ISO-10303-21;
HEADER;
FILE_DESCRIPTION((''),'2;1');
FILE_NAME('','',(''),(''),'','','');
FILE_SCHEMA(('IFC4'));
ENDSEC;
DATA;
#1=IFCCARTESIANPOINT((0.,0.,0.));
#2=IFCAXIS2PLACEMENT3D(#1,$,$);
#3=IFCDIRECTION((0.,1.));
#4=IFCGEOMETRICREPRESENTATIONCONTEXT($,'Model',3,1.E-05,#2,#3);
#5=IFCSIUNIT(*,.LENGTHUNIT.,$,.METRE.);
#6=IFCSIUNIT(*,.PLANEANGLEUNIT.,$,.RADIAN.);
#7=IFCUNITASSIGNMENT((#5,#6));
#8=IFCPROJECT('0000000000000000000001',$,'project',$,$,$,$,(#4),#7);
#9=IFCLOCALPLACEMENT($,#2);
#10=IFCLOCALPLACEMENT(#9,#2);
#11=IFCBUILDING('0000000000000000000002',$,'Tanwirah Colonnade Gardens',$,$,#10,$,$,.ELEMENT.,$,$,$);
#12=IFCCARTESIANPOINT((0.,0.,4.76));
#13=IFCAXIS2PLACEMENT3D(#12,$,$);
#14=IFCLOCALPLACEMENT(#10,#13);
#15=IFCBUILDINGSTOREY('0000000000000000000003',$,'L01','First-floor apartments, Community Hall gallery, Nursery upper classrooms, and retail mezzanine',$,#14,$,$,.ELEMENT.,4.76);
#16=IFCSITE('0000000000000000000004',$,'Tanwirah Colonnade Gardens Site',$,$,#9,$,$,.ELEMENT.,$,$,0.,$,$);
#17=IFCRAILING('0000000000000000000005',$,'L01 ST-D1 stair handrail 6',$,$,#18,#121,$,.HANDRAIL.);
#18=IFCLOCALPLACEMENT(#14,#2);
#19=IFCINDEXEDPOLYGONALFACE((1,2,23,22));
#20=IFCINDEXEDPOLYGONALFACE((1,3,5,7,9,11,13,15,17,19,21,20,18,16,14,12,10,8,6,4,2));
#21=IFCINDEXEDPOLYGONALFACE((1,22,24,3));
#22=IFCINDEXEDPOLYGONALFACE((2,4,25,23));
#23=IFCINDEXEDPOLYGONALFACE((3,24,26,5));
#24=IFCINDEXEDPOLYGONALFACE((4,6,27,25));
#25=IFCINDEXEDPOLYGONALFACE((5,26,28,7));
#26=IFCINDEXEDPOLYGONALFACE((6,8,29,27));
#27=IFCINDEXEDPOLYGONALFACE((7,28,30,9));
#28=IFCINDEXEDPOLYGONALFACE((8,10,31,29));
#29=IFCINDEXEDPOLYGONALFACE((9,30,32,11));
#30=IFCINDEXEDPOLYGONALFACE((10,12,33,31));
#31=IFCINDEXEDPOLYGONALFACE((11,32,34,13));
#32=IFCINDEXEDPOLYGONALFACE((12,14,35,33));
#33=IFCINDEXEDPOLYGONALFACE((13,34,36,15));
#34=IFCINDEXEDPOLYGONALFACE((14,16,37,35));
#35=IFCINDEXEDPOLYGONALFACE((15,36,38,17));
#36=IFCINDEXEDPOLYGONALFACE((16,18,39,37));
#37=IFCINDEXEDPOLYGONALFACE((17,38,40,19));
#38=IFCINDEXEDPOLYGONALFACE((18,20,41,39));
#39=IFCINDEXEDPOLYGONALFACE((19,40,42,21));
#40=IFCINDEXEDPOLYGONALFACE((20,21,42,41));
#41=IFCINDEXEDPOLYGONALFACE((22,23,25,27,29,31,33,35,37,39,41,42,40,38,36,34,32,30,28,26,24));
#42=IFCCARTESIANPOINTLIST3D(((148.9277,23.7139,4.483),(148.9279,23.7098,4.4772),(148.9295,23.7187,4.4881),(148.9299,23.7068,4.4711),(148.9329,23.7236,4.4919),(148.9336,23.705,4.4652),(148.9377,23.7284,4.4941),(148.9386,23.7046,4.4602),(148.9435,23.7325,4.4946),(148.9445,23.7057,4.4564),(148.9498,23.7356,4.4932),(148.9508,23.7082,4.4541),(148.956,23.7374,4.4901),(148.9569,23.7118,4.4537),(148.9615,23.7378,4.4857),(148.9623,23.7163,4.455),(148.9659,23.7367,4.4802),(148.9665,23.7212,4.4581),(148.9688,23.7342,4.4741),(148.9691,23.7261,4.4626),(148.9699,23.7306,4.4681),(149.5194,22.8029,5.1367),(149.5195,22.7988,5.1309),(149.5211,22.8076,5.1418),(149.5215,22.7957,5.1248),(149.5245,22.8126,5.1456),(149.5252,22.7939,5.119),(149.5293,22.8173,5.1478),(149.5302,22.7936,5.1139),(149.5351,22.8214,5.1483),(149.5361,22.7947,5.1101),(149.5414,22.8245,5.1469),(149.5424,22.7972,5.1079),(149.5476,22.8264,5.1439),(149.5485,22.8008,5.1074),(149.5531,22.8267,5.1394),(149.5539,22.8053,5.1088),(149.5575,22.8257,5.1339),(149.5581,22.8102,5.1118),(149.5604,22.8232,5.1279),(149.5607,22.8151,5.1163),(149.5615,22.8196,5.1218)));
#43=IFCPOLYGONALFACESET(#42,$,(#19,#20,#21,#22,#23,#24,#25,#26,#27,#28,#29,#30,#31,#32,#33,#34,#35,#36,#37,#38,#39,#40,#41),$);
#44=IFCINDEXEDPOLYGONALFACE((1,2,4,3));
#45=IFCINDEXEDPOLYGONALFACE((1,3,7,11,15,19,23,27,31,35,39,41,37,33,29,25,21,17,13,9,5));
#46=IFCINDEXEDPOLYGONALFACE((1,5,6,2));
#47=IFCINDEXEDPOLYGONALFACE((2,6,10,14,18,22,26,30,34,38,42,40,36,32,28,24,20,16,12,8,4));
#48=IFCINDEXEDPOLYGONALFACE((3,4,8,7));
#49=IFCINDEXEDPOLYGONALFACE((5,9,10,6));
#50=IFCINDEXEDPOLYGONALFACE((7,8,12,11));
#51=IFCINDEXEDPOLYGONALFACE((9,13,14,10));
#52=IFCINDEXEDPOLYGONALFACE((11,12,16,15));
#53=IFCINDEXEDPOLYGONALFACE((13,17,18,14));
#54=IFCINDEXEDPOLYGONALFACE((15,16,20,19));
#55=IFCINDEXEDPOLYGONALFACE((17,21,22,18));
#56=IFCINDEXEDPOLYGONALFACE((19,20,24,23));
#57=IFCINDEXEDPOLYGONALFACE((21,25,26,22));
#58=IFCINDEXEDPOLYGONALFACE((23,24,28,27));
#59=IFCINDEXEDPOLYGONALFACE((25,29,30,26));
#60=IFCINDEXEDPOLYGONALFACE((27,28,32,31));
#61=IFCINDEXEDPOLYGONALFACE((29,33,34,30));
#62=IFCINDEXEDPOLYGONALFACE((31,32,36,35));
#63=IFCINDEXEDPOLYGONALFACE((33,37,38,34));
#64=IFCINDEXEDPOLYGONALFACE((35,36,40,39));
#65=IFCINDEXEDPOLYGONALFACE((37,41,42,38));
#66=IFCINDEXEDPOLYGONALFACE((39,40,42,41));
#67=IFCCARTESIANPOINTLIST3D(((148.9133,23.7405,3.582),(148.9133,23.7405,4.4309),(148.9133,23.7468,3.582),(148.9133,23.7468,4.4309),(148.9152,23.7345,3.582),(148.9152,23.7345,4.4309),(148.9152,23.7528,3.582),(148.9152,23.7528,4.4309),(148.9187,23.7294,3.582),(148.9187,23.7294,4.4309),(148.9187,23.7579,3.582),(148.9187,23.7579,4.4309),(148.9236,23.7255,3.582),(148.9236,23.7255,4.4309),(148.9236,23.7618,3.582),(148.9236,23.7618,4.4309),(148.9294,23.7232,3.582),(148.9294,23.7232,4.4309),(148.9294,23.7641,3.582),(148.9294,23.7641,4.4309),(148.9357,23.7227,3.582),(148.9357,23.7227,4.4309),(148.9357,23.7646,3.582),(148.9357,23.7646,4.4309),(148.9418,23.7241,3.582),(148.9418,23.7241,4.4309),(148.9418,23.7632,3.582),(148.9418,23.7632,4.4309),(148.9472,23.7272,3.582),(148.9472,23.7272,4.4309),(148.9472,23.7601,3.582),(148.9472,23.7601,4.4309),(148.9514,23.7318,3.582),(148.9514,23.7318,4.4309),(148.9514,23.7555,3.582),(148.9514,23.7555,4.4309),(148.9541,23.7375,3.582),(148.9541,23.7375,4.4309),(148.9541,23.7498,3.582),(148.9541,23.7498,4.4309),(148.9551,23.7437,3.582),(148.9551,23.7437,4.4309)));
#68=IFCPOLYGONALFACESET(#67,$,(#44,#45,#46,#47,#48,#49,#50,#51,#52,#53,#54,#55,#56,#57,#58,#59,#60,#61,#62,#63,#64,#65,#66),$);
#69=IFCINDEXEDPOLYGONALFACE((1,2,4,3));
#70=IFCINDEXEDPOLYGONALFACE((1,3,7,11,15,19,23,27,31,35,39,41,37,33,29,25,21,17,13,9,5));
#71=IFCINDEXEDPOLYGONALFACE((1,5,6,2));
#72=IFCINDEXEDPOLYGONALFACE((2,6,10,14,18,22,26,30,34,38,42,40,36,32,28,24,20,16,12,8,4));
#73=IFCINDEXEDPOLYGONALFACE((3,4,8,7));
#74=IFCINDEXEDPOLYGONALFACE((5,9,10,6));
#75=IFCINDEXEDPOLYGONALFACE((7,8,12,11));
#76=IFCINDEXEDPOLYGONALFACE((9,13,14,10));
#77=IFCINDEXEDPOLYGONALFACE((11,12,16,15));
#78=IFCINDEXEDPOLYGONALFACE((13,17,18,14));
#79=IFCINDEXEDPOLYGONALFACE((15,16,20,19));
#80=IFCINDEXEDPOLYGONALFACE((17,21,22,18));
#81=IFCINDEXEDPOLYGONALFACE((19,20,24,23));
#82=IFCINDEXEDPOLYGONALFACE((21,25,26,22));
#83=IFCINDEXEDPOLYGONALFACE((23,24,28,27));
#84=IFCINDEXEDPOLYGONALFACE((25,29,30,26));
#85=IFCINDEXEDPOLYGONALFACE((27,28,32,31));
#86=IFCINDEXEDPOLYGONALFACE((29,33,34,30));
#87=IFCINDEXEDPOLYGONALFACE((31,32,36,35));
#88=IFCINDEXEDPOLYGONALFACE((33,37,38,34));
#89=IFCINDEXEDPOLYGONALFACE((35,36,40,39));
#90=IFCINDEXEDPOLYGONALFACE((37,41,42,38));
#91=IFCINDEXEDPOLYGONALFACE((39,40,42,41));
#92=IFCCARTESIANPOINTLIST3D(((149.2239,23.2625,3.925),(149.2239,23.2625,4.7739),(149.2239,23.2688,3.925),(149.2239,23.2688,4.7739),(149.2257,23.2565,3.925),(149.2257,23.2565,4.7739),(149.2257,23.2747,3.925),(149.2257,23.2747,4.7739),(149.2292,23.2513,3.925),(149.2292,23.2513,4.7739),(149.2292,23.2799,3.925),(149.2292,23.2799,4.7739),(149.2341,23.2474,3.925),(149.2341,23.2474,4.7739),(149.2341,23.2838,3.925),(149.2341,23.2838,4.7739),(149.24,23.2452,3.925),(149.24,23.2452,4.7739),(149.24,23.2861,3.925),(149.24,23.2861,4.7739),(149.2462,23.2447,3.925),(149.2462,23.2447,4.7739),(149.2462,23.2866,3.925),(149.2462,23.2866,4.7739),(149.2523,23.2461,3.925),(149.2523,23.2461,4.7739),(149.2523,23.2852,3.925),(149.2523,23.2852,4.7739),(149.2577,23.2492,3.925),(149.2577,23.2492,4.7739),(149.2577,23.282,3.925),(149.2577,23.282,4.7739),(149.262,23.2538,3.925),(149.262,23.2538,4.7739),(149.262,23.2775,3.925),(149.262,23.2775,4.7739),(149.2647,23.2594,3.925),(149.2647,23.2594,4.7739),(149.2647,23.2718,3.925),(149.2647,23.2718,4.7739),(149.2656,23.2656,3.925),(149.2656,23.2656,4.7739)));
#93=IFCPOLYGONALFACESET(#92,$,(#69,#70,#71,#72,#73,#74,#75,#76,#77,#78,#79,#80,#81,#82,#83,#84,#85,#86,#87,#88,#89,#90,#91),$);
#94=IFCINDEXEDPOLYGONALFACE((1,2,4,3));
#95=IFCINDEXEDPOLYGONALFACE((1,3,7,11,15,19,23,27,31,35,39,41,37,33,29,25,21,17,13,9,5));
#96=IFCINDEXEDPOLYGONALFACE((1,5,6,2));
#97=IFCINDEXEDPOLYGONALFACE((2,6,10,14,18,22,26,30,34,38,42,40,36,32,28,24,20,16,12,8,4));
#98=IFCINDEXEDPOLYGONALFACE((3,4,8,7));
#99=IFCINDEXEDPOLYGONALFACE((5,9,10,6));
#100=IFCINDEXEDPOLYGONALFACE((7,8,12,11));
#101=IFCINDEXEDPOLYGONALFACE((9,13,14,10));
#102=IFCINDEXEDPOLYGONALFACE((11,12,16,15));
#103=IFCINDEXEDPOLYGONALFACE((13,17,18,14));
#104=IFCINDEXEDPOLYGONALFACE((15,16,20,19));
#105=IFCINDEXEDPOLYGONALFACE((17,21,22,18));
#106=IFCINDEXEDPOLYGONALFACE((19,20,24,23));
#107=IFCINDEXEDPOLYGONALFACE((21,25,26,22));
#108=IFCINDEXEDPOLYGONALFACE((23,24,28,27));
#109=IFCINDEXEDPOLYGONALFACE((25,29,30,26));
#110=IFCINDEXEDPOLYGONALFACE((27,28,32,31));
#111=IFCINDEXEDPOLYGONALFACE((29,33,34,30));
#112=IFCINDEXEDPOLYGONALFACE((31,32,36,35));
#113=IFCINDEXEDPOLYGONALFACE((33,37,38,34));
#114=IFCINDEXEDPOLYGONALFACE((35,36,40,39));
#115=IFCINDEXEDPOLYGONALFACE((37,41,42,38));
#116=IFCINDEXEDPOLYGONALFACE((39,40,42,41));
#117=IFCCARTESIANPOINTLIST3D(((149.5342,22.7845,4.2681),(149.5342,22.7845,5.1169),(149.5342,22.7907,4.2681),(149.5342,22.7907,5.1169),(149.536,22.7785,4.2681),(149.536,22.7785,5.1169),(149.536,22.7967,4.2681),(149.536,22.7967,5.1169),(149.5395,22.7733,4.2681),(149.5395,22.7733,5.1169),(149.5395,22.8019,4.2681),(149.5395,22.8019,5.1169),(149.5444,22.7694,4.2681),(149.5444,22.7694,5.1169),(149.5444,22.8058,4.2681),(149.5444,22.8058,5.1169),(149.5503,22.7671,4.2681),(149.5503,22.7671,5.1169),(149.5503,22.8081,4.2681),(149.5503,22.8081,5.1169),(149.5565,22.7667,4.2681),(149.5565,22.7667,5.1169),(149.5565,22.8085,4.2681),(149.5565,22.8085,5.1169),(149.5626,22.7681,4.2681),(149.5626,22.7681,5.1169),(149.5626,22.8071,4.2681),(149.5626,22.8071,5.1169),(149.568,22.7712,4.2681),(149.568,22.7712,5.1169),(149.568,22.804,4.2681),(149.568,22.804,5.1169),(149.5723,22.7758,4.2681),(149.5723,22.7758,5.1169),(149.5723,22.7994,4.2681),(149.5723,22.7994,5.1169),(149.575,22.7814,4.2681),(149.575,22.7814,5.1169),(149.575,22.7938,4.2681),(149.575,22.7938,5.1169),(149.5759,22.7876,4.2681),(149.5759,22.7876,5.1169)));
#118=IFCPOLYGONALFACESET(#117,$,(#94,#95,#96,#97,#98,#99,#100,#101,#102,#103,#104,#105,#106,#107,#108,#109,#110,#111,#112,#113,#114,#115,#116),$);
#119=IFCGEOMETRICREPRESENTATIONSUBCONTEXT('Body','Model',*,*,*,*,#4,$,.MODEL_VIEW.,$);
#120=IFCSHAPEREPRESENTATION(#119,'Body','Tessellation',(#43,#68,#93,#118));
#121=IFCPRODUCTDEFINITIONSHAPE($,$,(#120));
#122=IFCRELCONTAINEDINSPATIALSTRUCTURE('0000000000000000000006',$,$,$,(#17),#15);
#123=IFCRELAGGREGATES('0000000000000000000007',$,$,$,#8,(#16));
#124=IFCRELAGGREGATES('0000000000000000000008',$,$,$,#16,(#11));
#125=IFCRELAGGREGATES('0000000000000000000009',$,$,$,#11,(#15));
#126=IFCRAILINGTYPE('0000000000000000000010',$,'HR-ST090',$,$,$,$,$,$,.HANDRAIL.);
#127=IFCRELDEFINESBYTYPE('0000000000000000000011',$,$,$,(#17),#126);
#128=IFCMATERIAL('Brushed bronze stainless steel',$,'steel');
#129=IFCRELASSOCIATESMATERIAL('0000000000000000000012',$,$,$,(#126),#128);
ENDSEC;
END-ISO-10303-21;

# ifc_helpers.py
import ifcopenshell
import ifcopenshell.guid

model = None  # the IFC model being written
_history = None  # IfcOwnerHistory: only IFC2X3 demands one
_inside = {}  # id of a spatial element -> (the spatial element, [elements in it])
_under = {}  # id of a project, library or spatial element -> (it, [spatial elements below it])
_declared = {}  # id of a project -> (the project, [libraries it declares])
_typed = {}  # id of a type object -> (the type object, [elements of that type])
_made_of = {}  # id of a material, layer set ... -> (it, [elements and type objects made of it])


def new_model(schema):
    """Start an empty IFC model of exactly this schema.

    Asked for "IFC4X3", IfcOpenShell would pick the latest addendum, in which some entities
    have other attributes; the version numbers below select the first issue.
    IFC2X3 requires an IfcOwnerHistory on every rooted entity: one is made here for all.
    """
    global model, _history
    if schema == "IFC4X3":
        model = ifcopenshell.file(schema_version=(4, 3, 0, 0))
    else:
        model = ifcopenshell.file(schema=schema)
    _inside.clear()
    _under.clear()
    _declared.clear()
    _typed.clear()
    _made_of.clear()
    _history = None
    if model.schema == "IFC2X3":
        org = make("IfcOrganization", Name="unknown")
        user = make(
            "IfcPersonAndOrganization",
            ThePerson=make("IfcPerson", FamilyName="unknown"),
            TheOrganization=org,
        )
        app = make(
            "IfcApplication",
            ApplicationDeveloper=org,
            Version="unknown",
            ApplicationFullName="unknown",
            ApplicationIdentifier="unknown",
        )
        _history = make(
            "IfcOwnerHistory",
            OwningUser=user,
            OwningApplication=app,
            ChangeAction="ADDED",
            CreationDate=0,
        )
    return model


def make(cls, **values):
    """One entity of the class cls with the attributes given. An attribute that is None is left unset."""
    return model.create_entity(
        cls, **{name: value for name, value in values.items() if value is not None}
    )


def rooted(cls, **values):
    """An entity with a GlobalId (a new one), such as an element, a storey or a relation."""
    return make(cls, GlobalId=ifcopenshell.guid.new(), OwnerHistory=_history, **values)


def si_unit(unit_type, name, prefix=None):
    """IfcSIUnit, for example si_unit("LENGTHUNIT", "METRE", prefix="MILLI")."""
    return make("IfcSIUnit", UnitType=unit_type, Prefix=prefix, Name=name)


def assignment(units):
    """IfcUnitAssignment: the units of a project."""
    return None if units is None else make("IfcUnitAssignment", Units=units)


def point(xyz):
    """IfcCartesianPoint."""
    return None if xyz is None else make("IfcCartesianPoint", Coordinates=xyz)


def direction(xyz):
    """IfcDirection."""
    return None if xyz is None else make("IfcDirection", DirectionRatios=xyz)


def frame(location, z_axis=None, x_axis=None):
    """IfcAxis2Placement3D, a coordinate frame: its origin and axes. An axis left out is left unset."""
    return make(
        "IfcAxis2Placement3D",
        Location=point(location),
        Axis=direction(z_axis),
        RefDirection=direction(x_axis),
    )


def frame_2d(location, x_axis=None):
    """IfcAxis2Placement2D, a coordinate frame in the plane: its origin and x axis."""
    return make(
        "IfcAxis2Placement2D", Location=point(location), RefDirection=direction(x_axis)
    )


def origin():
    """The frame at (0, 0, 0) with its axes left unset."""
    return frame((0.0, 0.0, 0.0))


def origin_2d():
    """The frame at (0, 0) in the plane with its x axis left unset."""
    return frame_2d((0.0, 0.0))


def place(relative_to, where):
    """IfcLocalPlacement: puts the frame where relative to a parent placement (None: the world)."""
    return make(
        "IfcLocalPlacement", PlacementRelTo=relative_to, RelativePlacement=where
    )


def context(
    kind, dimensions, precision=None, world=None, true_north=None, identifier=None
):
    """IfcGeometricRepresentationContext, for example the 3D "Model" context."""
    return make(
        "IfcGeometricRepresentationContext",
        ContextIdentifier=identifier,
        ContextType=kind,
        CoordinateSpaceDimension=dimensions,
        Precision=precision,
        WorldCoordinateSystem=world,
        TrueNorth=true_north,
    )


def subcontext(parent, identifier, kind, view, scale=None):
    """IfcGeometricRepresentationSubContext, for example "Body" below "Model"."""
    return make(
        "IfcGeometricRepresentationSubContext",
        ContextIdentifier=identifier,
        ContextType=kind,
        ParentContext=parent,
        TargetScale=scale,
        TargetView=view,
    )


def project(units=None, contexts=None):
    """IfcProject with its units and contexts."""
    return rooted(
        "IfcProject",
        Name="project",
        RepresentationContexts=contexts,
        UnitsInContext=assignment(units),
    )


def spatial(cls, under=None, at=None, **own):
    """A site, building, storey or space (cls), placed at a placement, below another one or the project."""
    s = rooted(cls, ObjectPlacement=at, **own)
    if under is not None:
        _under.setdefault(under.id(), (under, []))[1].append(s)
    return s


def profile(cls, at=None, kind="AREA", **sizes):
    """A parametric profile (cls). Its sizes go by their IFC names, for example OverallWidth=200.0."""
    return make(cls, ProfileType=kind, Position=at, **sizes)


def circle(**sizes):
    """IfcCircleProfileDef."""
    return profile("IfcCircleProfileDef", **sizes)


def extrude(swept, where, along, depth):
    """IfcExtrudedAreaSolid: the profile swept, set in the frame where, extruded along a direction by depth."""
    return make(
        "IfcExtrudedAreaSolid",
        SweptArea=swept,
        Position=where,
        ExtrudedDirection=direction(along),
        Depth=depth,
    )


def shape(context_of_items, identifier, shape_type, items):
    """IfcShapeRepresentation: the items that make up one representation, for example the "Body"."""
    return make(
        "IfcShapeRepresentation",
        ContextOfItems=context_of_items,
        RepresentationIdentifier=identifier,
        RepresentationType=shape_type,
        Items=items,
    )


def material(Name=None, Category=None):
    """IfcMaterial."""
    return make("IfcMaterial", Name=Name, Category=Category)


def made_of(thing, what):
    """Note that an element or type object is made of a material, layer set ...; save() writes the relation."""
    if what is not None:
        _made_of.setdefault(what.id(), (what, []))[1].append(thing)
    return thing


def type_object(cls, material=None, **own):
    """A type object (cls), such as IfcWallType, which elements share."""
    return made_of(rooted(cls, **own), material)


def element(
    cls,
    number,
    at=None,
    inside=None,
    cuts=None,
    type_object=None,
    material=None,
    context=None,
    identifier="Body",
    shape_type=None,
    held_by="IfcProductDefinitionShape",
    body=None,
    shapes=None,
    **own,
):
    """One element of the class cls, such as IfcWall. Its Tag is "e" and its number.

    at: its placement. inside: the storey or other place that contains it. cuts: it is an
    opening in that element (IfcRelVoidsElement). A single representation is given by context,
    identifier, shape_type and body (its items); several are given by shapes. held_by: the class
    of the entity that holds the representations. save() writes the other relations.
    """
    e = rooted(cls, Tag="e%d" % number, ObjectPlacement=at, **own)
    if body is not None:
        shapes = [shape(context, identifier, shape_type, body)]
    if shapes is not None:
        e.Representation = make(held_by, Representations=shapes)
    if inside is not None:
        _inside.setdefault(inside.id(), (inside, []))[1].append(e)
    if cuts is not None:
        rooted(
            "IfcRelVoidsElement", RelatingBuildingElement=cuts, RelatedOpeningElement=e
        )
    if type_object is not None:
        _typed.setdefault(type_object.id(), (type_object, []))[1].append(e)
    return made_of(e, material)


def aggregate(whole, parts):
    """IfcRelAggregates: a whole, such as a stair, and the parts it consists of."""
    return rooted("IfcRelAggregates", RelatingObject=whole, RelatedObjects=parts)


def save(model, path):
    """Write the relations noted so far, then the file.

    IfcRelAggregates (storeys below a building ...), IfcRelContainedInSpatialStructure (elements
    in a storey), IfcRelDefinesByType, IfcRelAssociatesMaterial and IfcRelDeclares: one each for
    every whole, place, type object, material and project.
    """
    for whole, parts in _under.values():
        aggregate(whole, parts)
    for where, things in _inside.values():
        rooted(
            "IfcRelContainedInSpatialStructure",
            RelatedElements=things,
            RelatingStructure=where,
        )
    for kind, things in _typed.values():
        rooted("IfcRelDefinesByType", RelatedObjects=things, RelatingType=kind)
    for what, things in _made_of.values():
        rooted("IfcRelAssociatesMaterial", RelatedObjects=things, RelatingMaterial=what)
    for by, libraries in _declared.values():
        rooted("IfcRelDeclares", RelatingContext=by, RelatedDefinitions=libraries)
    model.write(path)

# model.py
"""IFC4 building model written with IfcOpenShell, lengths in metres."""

from ifc_helpers import new_model, si_unit, direction, frame, origin, origin_2d, place, context, subcontext, project, spatial, circle, extrude, material, type_object, element, save


model = new_model("IFC4")

# Units and contexts
model_context = context("Model", 3, precision=1e-05, world=origin(), true_north=direction((0.0, 1.0)))
body_context = subcontext(model_context, "Body", "Model", "MODEL_VIEW")
ifc_project = project(units=[si_unit("LENGTHUNIT", "METRE"), si_unit("PLANEANGLEUNIT", "RADIAN")], contexts=[model_context])

# Site, building, storey
site_placement = place(None, origin())
site = spatial("IfcSite", under=ifc_project, at=site_placement, Name="Tanwirah Colonnade Gardens Site", CompositionType="ELEMENT", RefElevation=0.0)
building_placement = place(site_placement, origin())
building = spatial("IfcBuilding", under=site, at=building_placement, Name="Tanwirah Colonnade Gardens", CompositionType="ELEMENT")
storey_placement = place(building_placement, frame((0.0, 0.0, 4.76)))
storey = spatial("IfcBuildingStorey", under=building, at=storey_placement, Name="L01", Description="First-floor apartments, Community Hall gallery, Nursery upper classrooms, and retail mezzanine", CompositionType="ELEMENT", Elevation=4.76)

# Railing
ifc_material_1 = material(Name="Brushed bronze stainless steel", Category="steel")
railing_type_1 = type_object("IfcRailingType", Name="HR-ST090", PredefinedType="HANDRAIL", material=ifc_material_1)
railing_1_placement = place(storey_placement, frame((148.9341, 23.7437, 3.582)))
element("IfcRailing", 1, at=railing_1_placement, inside=storey, type_object=railing_type_1, Name="L01 ST-D1 stair handrail 6", PredefinedType="HANDRAIL", context=body_context, shape_type="SweptSolid", body=[
    extrude(circle(Radius=0.0239, at=origin_2d()), frame((0.0146, -0.0225, 0.8921), z_axis=(0.466641, -0.718586, 0.515635), x_axis=(0.838678, 0.544627, 0.0)), (0.0, 0.0, 1.0), 1.2678),
    extrude(circle(Radius=0.021, at=origin_2d()), origin(), (0.0, 0.0, 1.0), 0.8489),
    extrude(circle(Radius=0.021, at=origin_2d()), frame((0.3105, -0.478, 0.343)), (0.0, 0.0, 1.0), 0.8489),
    extrude(circle(Radius=0.021, at=origin_2d()), frame((0.6208, -0.9561, 0.686)), (0.0, 0.0, 1.0), 0.8489),
])

save(model, "model.ifc")
